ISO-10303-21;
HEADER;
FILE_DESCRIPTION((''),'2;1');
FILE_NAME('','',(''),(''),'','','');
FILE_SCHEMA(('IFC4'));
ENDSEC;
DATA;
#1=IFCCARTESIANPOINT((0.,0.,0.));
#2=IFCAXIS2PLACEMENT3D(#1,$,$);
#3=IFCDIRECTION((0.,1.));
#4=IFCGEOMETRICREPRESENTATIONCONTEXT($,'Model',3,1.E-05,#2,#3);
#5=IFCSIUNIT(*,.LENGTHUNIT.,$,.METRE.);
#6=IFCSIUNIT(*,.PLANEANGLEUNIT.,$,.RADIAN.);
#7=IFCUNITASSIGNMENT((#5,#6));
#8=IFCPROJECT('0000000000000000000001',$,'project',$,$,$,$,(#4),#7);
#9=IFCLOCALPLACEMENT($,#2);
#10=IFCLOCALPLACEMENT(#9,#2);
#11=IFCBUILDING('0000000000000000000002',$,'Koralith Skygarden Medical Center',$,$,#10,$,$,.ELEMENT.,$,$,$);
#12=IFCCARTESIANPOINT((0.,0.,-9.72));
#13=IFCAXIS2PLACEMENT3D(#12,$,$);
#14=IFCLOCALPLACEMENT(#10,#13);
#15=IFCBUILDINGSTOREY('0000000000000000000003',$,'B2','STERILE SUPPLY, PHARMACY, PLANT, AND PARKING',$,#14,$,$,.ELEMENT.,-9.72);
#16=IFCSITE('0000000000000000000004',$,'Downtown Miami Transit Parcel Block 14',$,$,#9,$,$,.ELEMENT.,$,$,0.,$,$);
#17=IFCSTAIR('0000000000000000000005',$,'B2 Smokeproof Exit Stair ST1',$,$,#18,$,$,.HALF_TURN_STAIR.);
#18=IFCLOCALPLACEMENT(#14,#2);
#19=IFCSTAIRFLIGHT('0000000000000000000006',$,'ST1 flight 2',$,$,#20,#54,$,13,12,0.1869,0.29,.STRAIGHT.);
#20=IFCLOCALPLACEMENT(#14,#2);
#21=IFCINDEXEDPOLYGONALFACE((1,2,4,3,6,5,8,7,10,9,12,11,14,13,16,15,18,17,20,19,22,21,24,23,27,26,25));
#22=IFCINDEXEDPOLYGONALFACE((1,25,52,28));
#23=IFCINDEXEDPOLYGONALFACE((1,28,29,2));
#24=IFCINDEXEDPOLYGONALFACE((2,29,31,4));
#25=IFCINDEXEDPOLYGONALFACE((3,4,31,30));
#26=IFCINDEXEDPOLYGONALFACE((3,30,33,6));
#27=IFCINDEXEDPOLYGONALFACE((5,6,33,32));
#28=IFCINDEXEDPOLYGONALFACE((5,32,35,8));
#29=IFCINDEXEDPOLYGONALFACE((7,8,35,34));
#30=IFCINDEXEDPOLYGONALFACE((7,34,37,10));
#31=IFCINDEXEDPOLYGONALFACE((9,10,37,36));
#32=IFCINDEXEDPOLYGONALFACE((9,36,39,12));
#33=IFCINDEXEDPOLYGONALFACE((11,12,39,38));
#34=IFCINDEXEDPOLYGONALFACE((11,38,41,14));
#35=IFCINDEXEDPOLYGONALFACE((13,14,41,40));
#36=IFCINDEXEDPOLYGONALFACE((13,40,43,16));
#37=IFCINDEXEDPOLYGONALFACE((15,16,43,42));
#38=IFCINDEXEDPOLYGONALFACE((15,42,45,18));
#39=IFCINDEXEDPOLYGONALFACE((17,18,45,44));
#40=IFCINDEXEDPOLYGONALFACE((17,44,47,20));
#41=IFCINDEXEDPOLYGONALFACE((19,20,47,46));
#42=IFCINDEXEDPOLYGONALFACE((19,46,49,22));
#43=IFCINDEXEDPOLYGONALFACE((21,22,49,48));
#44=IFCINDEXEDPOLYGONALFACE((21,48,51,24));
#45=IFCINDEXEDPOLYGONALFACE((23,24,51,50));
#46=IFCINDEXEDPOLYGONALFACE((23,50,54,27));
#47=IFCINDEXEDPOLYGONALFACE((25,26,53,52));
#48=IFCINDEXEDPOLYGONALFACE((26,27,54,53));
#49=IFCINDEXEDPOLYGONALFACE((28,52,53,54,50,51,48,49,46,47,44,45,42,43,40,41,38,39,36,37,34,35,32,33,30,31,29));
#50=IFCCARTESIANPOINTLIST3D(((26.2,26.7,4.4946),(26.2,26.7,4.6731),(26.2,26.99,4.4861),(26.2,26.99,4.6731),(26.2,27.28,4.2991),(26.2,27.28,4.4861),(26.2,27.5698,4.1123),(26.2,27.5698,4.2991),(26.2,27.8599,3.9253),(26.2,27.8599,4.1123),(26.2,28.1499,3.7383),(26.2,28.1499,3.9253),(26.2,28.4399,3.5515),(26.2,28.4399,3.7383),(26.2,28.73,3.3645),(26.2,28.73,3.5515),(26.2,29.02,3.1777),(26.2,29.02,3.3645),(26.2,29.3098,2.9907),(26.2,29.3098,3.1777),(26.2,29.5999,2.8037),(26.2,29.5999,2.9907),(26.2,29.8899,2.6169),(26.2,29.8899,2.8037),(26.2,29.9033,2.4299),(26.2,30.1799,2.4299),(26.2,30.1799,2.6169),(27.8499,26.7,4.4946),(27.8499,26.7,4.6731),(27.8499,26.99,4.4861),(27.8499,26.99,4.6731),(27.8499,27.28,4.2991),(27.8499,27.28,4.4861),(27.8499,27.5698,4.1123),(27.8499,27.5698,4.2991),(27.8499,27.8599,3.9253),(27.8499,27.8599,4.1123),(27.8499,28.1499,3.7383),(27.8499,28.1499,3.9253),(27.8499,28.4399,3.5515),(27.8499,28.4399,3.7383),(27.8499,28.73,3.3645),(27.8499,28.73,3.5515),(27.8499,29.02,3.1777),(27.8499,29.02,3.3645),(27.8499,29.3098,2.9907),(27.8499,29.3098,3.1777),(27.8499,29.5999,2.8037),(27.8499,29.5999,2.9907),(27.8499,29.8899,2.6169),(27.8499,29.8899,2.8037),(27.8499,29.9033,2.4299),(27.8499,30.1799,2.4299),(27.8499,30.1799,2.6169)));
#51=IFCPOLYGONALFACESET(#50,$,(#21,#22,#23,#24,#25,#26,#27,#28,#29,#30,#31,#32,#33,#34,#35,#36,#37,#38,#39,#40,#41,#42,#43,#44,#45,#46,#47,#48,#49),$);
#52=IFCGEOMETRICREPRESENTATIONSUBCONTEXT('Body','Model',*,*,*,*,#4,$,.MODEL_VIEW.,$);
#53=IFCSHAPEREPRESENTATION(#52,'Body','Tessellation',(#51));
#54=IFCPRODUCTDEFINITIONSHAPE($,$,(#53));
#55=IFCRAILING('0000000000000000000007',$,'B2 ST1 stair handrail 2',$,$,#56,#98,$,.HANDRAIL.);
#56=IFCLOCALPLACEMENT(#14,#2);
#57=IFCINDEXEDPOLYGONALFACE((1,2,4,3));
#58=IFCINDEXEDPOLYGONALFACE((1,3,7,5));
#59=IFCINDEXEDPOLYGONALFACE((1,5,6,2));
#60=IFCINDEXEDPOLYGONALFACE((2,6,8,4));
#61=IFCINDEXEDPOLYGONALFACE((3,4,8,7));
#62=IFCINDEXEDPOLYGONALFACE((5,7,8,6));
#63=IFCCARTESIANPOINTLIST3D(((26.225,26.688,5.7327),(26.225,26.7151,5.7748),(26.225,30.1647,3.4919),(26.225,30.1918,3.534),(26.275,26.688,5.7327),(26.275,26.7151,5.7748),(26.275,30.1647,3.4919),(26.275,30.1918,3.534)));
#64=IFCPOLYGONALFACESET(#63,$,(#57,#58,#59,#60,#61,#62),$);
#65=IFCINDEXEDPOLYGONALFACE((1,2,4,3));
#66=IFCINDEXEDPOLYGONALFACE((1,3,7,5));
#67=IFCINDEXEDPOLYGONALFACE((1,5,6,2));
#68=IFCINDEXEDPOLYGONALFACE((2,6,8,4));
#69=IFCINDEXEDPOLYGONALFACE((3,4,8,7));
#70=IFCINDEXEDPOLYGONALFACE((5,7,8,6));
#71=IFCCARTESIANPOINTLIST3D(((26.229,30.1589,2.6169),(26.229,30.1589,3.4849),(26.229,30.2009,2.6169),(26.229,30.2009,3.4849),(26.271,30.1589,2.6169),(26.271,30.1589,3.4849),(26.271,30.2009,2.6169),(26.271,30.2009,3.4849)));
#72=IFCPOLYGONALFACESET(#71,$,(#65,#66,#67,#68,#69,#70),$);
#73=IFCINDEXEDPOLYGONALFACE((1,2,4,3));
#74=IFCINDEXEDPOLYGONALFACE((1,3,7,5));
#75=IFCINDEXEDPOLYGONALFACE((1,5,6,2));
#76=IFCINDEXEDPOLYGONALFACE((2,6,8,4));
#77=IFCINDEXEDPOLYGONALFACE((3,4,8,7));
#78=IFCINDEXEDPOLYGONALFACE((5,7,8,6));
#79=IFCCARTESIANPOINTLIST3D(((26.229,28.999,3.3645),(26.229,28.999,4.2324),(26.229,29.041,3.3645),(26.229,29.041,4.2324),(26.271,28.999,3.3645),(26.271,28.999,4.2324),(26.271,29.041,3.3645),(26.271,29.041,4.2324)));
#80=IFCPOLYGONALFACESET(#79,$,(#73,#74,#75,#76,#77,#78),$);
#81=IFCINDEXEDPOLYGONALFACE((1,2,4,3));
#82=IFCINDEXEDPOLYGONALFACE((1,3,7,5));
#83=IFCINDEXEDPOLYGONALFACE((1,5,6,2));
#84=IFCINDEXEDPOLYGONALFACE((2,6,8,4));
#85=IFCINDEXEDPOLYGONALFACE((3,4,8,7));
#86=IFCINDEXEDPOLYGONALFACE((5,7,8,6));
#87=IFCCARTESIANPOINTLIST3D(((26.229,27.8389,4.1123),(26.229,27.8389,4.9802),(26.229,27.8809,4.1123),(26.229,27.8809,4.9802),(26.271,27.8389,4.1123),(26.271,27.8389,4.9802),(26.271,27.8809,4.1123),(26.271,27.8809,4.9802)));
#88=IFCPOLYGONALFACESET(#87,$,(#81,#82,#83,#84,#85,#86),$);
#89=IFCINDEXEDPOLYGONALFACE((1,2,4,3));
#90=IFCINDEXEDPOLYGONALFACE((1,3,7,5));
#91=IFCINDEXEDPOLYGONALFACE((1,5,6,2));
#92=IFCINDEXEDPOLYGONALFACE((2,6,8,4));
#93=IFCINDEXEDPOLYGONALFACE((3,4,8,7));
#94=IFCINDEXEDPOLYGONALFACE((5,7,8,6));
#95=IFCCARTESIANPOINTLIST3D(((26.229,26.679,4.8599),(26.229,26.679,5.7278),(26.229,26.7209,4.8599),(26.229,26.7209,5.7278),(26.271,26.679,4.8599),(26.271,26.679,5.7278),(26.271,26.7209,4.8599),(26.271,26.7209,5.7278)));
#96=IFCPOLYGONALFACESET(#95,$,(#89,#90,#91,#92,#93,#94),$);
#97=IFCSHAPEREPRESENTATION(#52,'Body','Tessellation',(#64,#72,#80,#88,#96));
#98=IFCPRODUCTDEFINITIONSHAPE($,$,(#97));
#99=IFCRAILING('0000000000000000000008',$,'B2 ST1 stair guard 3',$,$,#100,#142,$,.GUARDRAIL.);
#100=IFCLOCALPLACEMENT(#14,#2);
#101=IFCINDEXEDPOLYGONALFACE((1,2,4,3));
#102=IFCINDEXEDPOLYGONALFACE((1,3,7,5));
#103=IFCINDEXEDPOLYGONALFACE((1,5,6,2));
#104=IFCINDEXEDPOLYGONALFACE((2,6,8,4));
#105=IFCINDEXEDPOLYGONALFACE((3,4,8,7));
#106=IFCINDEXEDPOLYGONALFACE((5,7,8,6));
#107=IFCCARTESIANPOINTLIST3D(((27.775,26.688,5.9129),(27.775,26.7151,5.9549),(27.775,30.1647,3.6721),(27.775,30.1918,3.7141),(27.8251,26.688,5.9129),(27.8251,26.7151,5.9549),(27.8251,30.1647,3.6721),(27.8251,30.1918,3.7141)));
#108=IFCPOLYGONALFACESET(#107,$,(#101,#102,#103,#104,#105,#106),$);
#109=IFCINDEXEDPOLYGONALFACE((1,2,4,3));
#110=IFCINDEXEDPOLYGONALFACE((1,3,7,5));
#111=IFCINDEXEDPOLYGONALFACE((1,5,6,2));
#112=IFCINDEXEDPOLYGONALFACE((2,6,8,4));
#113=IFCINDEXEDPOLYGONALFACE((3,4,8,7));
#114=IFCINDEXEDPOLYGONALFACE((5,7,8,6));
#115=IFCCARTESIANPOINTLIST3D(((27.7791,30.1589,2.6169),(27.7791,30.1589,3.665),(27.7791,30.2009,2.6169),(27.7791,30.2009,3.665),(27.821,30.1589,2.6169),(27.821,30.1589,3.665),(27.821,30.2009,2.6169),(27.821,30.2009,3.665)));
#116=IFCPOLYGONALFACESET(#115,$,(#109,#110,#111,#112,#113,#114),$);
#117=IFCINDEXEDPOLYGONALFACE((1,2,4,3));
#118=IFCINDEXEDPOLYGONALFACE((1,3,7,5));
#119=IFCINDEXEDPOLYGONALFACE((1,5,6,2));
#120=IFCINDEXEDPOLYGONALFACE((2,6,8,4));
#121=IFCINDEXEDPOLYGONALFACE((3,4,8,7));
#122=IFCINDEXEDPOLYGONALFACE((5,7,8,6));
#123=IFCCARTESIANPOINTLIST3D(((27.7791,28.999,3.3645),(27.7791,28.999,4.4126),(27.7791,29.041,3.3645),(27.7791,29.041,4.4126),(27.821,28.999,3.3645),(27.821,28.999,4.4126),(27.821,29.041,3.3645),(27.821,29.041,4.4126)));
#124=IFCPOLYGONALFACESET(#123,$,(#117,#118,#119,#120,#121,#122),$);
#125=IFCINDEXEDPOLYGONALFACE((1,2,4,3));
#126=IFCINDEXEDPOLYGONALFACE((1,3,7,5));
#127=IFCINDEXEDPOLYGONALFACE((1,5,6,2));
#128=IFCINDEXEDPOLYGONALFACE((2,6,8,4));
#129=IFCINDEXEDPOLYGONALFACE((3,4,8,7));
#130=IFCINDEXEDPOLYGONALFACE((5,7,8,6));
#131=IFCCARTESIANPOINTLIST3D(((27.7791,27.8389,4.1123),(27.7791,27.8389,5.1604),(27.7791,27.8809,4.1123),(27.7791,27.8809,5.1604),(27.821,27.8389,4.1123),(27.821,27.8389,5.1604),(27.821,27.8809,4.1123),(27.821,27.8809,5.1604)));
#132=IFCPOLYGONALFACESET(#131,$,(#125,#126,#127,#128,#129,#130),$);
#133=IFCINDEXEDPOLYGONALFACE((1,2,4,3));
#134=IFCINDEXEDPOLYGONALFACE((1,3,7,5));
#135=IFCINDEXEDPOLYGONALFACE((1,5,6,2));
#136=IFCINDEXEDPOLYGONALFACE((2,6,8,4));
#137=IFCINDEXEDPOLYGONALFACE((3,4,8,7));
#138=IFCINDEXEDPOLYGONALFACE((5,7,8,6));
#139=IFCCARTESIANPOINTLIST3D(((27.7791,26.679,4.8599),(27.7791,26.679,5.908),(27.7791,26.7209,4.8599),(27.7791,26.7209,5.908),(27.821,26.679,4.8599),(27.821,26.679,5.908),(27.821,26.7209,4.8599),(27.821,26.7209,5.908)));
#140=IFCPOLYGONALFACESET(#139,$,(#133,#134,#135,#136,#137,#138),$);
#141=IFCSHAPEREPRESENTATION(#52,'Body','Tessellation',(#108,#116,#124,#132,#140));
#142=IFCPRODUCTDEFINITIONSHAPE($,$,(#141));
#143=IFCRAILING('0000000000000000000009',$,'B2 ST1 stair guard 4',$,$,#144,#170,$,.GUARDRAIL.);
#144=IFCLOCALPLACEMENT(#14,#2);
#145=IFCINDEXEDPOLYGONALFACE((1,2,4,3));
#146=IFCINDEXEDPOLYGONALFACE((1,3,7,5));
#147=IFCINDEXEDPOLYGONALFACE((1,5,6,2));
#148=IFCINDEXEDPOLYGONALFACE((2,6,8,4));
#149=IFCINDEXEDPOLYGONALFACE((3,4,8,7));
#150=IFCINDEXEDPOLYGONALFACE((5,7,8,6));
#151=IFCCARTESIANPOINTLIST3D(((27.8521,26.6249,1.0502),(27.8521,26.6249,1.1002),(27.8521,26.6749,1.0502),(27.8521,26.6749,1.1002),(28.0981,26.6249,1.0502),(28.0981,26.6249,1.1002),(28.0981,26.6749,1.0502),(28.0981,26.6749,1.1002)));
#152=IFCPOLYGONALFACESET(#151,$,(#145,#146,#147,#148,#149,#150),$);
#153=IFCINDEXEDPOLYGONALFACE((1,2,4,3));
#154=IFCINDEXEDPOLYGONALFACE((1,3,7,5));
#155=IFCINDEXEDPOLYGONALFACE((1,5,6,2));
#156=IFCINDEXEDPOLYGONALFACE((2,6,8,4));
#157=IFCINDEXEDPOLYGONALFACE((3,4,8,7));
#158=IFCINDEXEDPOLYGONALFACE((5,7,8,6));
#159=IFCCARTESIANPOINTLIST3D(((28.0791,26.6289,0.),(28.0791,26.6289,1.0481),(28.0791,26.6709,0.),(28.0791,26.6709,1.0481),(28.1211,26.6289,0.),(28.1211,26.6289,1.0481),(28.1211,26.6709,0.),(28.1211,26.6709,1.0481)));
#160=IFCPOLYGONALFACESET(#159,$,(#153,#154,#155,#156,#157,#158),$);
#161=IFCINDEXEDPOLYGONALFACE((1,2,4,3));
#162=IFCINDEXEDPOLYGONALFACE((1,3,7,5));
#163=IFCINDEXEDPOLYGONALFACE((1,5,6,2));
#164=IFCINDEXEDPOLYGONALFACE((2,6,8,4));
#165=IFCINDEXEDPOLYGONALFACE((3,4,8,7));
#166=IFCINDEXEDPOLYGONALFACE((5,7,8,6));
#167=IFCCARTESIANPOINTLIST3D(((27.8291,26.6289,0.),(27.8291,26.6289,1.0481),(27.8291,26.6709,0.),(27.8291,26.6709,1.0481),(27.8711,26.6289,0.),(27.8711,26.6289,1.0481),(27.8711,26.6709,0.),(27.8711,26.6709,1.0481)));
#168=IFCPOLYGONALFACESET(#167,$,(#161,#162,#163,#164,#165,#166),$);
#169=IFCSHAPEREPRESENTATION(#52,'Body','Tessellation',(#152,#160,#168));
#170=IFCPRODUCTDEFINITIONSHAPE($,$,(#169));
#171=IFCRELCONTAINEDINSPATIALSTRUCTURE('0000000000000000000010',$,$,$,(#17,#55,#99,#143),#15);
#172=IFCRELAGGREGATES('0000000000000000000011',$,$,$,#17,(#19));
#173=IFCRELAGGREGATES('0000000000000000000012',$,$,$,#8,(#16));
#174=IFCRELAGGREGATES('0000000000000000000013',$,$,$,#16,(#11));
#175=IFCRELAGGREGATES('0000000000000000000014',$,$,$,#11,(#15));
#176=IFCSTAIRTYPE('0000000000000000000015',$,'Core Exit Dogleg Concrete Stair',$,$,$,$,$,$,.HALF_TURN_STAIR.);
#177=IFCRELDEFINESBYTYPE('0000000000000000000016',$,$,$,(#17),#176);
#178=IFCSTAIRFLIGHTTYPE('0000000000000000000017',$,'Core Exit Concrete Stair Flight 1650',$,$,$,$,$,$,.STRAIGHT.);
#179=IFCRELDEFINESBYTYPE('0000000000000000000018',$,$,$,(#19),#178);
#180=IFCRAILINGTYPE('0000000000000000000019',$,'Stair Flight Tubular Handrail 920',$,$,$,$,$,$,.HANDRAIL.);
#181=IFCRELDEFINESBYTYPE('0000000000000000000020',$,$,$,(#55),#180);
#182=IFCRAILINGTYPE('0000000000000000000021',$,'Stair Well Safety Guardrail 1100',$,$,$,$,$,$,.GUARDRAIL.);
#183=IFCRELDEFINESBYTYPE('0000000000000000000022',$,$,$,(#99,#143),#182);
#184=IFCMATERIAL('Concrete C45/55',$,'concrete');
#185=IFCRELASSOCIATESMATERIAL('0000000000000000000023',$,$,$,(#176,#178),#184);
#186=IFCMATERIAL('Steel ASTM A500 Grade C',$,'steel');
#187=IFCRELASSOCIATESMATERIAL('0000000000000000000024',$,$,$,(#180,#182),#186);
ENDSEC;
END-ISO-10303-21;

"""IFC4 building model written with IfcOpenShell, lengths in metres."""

from ifc_helpers import new_model, si_unit, direction, frame, origin, origin_2d, place, context, subcontext, project, spatial, polyline, rectangle, outline, extrude, material, type_object, element, aggregate, save


model = new_model("IFC4")

# Units and contexts
model_context = context("Model", 3, precision=1e-05, world=origin(), true_north=direction((0.0, 1.0)))
body_context = subcontext(model_context, "Body", "Model", "MODEL_VIEW")
ifc_project = project(units=[si_unit("LENGTHUNIT", "METRE"), si_unit("PLANEANGLEUNIT", "RADIAN")], contexts=[model_context])

# Site, building, storey
site_placement = place(None, origin())
site = spatial("IfcSite", under=ifc_project, at=site_placement, Name="Downtown Miami Transit Parcel Block 14", CompositionType="ELEMENT", RefElevation=0.0)
building_placement = place(site_placement, origin())
building = spatial("IfcBuilding", under=site, at=building_placement, Name="Koralith Skygarden Medical Center", CompositionType="ELEMENT")
storey_placement = place(building_placement, frame((0.0, 0.0, -9.72)))
storey = spatial("IfcBuildingStorey", under=building, at=storey_placement, Name="B2", Description="STERILE SUPPLY, PHARMACY, PLANT, AND PARKING", CompositionType="ELEMENT", Elevation=-9.72)

# Shared definitions
ifc_material_1 = material(Name="Concrete C45/55", Category="concrete")

# Shared definitions
ifc_material_2 = material(Name="Steel ASTM A500 Grade C", Category="steel")

# Stair, stair flight
stair_type = type_object("IfcStairType", Name="Core Exit Dogleg Concrete Stair", PredefinedType="HALF_TURN_STAIR", material=ifc_material_1)
stair_placement = place(storey_placement, origin())
stair = element("IfcStair", 1, at=stair_placement, inside=storey, type_object=stair_type, Name="B2 Smokeproof Exit Stair ST1", PredefinedType="HALF_TURN_STAIR")
stair_flight_type = type_object("IfcStairFlightType", Name="Core Exit Concrete Stair Flight 1650", PredefinedType="STRAIGHT", material=ifc_material_1)
stair_flight_placement = place(storey_placement, frame((27.0249, 30.1799, 2.4299), z_axis=(0.0, 0.0, 1.0), x_axis=(0.0, -1.0, 0.0)))
stair_flight = element("IfcStairFlight", 2, at=stair_flight_placement, type_object=stair_flight_type, Name="ST1 flight 2", NumberOfRisers=13, NumberOfTreads=12, PredefinedType="STRAIGHT", RiserHeight=0.1869, TreadLength=0.29, context=body_context, shape_type="SweptSolid", body=[
    extrude(outline(polyline([(0.0, 0.0), (0.0, 0.187), (0.29, 0.187), (0.29, 0.3738), (0.5801, 0.3738), (0.5801, 0.5608), (0.8701, 0.5608), (0.8701, 0.7478), (1.1599, 0.7478), (1.1599, 0.9346), (1.45, 0.9346), (1.45, 1.1216), (1.74, 1.1216), (1.74, 1.3083), (2.03, 1.3083), (2.03, 1.4954), (2.3201, 1.4954), (2.3201, 1.6824), (2.6101, 1.6824), (2.6101, 1.8691), (2.8999, 1.8691), (2.8999, 2.0562), (3.1899, 2.0562), (3.1899, 2.2432), (3.48, 2.2432), (3.48, 2.4299), (3.48, 2.0647), (0.2766, 0.0), (0.0, 0.0)])), frame((0.0, 0.825, 0.0), z_axis=(0.0, -1.0, 0.0), x_axis=(1.0, 0.0, 0.0)), (0.0, 0.0, 1.0), 1.6499),
])
aggregate(stair, [stair_flight])

# Railings
railing_type_1 = type_object("IfcRailingType", Name="Stair Flight Tubular Handrail 920", PredefinedType="HANDRAIL", material=ifc_material_2)
railing_1_placement = place(storey_placement, frame((26.25, 30.1799, 2.6169)))
element("IfcRailing", 3, at=railing_1_placement, inside=storey, type_object=railing_type_1, Name="B2 ST1 stair handrail 2", PredefinedType="HANDRAIL", context=body_context, shape_type="SweptSolid", body=[
    extrude(rectangle(XDim=0.05, YDim=0.05, at=origin_2d()), frame((0.0, -0.0017, 0.896), z_axis=(0.0, -0.840542, 0.541747), x_axis=(1.0, 0.0, 0.0)), (0.0, 0.0, 1.0), 4.1362),
    extrude(rectangle(XDim=0.042, YDim=0.042, at=origin_2d()), origin(), (0.0, 0.0, 1.0), 0.8679),
    extrude(rectangle(XDim=0.042, YDim=0.042, at=origin_2d()), frame((0.0, -1.1599, 0.7476)), (0.0, 0.0, 1.0), 0.8679),
    extrude(rectangle(XDim=0.042, YDim=0.042, at=origin_2d()), frame((0.0, -2.3201, 1.4954)), (0.0, 0.0, 1.0), 0.8679),
    extrude(rectangle(XDim=0.042, YDim=0.042, at=origin_2d()), frame((0.0, -3.48, 2.2429)), (0.0, 0.0, 1.0), 0.8679),
])
railing_type_2 = type_object("IfcRailingType", Name="Stair Well Safety Guardrail 1100", PredefinedType="GUARDRAIL", material=ifc_material_2)
railing_2_placement = place(storey_placement, frame((27.8, 30.1799, 2.6169)))
element("IfcRailing", 4, at=railing_2_placement, inside=storey, type_object=railing_type_2, Name="B2 ST1 stair guard 3", PredefinedType="GUARDRAIL", context=body_context, shape_type="SweptSolid", body=[
    extrude(rectangle(XDim=0.05, YDim=0.05, at=origin_2d()), frame((0.0, -0.0017, 1.0762), z_axis=(0.0, -0.840542, 0.541747), x_axis=(1.0, 0.0, 0.0)), (0.0, 0.0, 1.0), 4.1362),
    extrude(rectangle(XDim=0.042, YDim=0.042, at=origin_2d()), origin(), (0.0, 0.0, 1.0), 1.0481),
    extrude(rectangle(XDim=0.042, YDim=0.042, at=origin_2d()), frame((0.0, -1.1599, 0.7476)), (0.0, 0.0, 1.0), 1.0481),
    extrude(rectangle(XDim=0.042, YDim=0.042, at=origin_2d()), frame((0.0, -2.3201, 1.4954)), (0.0, 0.0, 1.0), 1.0481),
    extrude(rectangle(XDim=0.042, YDim=0.042, at=origin_2d()), frame((0.0, -3.48, 2.2429)), (0.0, 0.0, 1.0), 1.0481),
])
railing_3_placement = place(storey_placement, frame((28.1001, 26.6499, 0.0)))
element("IfcRailing", 5, at=railing_3_placement, inside=storey, type_object=railing_type_2, Name="B2 ST1 stair guard 4", PredefinedType="GUARDRAIL", context=body_context, shape_type="SweptSolid", body=[
    extrude(rectangle(XDim=0.05, YDim=0.05, at=origin_2d()), frame((-0.002, 0.0, 1.0752), z_axis=(-1.0, 0.0, 0.0), x_axis=(0.0, -1.0, 0.0)), (0.0, 0.0, 1.0), 0.2461),
    extrude(rectangle(XDim=0.042, YDim=0.042, at=origin_2d()), origin(), (0.0, 0.0, 1.0), 1.0481),
    extrude(rectangle(XDim=0.042, YDim=0.042, at=origin_2d()), frame((-0.25, 0.0, 0.0)), (0.0, 0.0, 1.0), 1.0481),
])

save(model, "model.ifc")
